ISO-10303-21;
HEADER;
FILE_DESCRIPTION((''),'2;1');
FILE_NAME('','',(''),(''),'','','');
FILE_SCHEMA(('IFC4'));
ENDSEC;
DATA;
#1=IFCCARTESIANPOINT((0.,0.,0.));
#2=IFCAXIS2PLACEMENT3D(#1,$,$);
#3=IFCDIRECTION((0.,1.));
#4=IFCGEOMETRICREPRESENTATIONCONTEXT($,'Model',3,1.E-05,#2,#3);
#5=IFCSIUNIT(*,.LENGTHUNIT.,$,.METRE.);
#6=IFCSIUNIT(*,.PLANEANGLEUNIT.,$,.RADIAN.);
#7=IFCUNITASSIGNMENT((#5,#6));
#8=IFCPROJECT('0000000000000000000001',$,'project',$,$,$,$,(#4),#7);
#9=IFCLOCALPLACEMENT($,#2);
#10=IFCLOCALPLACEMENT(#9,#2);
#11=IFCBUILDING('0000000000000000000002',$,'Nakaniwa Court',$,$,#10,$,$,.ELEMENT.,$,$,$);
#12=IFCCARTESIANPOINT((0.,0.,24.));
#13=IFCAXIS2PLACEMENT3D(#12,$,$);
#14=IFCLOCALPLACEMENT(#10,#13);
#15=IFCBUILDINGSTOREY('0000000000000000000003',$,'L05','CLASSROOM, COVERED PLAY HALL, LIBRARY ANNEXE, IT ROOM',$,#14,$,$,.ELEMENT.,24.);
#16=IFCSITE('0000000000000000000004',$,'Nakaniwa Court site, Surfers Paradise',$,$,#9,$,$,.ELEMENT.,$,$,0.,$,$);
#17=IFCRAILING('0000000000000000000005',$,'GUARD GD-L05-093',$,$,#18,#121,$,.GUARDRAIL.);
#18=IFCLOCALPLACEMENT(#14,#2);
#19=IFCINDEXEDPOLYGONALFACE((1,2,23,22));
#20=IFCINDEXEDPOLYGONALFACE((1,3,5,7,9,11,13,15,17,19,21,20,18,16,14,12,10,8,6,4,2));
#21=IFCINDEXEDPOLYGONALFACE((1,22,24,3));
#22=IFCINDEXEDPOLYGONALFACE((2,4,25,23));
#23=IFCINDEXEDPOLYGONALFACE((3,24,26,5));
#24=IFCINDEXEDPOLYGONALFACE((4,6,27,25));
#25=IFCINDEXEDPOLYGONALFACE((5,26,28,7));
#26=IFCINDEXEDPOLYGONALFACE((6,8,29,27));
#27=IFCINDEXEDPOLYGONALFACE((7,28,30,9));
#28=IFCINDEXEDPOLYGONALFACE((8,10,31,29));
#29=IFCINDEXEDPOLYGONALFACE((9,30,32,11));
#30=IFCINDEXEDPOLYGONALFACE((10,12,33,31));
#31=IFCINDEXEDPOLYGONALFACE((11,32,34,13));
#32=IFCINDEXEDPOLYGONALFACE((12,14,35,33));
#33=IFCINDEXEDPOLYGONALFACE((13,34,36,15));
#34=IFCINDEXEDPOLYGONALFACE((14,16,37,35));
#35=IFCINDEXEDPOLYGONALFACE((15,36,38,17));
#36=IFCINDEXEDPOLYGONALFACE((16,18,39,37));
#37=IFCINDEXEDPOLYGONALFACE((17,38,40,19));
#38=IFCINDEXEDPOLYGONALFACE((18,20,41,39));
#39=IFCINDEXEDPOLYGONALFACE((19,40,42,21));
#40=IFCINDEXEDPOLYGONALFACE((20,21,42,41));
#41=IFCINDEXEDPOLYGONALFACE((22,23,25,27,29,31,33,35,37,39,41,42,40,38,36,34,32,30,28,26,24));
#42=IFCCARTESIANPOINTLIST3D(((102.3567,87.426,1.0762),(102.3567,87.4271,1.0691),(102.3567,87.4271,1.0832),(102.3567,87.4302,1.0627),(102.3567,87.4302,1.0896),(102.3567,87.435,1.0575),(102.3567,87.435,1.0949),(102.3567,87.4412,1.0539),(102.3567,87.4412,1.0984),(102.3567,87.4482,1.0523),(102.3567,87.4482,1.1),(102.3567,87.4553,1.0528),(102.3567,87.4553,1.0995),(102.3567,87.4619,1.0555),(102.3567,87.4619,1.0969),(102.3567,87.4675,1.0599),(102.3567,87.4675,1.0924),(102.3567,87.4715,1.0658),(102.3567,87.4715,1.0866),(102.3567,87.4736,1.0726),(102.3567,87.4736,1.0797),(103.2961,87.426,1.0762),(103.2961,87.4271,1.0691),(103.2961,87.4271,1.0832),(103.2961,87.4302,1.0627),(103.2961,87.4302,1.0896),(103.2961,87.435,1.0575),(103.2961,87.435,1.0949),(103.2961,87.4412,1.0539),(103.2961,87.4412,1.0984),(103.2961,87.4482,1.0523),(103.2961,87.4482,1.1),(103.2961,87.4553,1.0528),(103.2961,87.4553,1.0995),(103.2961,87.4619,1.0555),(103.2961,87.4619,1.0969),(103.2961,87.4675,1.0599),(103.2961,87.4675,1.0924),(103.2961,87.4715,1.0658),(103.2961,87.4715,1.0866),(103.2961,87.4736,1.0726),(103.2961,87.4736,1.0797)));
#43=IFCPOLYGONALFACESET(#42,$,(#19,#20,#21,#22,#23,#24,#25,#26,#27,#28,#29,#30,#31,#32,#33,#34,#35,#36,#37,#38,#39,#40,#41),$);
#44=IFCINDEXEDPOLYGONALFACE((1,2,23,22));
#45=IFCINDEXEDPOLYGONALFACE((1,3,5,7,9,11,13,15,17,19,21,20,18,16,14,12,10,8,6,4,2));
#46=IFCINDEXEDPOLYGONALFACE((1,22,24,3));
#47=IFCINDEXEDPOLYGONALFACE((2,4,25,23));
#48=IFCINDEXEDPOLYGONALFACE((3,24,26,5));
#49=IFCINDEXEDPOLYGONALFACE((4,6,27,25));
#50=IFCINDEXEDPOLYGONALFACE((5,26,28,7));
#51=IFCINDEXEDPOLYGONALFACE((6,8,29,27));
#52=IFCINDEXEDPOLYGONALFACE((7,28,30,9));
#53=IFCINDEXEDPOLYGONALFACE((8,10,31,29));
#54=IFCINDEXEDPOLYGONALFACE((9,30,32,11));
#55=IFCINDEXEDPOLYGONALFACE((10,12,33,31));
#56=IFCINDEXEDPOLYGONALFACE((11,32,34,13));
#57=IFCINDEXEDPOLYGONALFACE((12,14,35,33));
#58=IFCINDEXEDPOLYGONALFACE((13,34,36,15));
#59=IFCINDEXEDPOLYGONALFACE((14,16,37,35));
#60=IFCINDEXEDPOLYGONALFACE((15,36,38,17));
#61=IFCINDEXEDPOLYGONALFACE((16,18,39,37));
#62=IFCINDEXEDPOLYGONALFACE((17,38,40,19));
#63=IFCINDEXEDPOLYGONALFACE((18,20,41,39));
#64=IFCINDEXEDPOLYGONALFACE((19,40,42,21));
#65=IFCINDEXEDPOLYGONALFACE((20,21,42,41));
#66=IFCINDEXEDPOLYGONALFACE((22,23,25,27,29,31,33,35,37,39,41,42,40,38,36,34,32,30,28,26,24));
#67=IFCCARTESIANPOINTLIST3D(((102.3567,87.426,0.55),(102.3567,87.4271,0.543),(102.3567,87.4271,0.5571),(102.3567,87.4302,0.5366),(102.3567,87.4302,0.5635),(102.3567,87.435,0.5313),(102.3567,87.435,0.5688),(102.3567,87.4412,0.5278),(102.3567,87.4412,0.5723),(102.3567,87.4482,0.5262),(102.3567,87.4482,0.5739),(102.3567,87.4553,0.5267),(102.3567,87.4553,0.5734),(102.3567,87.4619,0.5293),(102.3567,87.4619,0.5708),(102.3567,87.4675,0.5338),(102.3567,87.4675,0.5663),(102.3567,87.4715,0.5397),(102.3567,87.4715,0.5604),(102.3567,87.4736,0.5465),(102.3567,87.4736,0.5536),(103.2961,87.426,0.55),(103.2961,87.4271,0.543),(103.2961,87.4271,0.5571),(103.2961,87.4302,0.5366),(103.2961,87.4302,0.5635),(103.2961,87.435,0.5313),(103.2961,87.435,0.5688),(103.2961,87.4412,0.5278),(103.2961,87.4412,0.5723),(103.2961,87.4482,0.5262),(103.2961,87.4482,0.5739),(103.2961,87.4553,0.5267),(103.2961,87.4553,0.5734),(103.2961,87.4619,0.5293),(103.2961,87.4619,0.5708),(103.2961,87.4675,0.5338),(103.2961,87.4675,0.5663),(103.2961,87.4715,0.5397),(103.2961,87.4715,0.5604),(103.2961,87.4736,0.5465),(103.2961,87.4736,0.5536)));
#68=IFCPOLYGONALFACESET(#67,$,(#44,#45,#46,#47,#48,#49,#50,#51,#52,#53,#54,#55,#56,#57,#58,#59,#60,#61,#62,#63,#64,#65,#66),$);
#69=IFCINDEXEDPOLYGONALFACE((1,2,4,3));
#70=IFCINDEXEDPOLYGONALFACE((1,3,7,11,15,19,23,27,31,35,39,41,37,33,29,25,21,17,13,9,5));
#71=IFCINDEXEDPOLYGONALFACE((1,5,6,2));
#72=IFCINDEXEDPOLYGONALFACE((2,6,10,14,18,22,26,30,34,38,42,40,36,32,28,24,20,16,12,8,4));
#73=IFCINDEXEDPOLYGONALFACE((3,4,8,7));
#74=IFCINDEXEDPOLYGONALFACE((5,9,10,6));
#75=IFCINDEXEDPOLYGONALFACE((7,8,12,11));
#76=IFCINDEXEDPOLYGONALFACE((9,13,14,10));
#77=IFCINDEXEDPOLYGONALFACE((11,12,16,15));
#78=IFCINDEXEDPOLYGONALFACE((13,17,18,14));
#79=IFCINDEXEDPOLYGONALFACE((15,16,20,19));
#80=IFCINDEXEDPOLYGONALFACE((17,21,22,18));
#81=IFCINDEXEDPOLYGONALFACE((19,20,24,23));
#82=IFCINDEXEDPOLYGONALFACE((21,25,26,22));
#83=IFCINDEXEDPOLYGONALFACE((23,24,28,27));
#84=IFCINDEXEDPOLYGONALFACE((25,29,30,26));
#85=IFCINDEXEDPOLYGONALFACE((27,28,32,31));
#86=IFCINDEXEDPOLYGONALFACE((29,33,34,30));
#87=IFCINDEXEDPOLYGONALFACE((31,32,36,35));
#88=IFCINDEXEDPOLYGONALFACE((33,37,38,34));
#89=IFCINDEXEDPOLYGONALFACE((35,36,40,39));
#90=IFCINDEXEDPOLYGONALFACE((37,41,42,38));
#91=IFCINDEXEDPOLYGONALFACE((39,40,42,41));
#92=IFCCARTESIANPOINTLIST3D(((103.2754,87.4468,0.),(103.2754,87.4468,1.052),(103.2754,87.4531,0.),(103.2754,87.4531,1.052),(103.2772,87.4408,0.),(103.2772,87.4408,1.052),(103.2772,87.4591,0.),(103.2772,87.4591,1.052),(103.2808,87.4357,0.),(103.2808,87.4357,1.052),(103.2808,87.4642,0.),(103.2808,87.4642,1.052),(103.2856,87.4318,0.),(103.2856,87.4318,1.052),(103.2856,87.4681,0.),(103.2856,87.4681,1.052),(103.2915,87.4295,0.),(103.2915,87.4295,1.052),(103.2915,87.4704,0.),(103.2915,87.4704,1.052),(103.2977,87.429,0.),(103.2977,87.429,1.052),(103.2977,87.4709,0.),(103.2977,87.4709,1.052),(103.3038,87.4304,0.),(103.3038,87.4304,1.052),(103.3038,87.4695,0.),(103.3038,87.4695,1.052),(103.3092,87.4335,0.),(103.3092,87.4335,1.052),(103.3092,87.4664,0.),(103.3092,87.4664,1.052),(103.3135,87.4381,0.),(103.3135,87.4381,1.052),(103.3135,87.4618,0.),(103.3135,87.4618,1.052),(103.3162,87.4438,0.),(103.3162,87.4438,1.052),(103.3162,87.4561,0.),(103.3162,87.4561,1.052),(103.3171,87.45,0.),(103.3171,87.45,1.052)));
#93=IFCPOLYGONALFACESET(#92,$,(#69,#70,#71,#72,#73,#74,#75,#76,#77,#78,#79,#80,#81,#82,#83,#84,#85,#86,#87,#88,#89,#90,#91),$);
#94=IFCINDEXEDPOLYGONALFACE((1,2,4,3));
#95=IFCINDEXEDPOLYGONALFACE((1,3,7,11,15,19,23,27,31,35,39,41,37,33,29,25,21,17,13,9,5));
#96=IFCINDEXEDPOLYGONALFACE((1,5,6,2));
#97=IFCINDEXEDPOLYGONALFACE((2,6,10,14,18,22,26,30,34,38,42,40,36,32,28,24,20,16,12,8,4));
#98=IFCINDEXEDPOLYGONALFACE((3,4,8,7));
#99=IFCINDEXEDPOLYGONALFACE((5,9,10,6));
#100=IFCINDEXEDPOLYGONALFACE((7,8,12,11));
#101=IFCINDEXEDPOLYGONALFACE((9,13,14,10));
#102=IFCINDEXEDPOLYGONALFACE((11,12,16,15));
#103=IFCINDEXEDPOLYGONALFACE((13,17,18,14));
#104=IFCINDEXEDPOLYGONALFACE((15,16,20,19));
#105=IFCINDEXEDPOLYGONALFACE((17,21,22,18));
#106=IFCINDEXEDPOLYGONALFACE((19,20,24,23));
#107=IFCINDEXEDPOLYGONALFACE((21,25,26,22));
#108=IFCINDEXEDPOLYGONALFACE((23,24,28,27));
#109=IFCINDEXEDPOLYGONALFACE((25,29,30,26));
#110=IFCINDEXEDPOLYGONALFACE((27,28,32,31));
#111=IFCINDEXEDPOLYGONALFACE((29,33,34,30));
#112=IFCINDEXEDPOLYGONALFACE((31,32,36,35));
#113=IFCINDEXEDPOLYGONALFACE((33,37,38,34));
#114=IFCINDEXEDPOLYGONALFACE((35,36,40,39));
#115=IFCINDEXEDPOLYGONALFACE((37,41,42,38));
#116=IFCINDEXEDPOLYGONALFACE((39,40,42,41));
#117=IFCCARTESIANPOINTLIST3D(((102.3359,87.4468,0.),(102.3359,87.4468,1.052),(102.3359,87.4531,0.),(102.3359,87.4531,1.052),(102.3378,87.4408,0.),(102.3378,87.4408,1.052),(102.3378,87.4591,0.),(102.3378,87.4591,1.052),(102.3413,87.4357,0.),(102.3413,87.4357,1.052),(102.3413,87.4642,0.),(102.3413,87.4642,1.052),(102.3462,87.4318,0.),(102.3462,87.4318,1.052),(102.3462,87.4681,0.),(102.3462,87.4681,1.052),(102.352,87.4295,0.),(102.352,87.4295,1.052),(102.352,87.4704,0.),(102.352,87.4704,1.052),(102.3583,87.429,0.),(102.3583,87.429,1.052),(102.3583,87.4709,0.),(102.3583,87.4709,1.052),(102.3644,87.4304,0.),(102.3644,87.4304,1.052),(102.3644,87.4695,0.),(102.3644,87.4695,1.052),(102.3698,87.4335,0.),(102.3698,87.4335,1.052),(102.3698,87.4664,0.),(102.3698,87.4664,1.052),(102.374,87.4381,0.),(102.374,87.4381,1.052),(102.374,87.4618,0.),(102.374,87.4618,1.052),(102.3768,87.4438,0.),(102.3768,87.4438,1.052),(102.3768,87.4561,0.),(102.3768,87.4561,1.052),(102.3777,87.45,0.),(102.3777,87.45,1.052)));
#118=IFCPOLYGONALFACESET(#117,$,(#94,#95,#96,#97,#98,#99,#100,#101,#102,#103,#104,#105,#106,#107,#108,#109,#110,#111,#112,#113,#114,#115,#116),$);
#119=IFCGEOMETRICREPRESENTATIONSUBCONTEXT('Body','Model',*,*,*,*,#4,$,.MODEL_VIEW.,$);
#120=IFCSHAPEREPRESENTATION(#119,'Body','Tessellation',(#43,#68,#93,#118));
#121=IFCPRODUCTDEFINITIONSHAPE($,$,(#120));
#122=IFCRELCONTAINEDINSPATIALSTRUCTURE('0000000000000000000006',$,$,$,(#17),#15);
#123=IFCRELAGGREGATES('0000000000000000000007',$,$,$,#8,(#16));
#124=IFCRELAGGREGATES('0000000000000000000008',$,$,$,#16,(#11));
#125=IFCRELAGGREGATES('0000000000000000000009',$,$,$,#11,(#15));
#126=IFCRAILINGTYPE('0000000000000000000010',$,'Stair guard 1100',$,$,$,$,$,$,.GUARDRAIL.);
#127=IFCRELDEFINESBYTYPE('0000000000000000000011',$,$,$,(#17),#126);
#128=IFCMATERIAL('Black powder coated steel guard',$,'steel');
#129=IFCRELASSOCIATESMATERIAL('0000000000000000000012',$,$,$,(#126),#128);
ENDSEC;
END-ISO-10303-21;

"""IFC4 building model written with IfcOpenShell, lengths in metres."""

from ifc_helpers import new_model, si_unit, direction, frame, origin, origin_2d, place, context, subcontext, project, spatial, circle, extrude, material, type_object, element, save


model = new_model("IFC4")

# Units and contexts
model_context = context("Model", 3, precision=1e-05, world=origin(), true_north=direction((0.0, 1.0)))
body_context = subcontext(model_context, "Body", "Model", "MODEL_VIEW")
ifc_project = project(units=[si_unit("LENGTHUNIT", "METRE"), si_unit("PLANEANGLEUNIT", "RADIAN")], contexts=[model_context])

# Site, building, storey
site_placement = place(None, origin())
site = spatial("IfcSite", under=ifc_project, at=site_placement, Name="Nakaniwa Court site, Surfers Paradise", CompositionType="ELEMENT", RefElevation=0.0)
building_placement = place(site_placement, origin())
building = spatial("IfcBuilding", under=site, at=building_placement, Name="Nakaniwa Court", CompositionType="ELEMENT")
storey_placement = place(building_placement, frame((0.0, 0.0, 24.0)))
storey = spatial("IfcBuildingStorey", under=building, at=storey_placement, Name="L05", Description="CLASSROOM, COVERED PLAY HALL, LIBRARY ANNEXE, IT ROOM", CompositionType="ELEMENT", Elevation=24.0)

# Railing
ifc_material_1 = material(Name="Black powder coated steel guard", Category="steel")
railing_type = type_object("IfcRailingType", Name="Stair guard 1100", PredefinedType="GUARDRAIL", material=ifc_material_1)
railing_1_placement = place(storey_placement, frame((103.2961, 87.45, 0.0)))
element("IfcRailing", 1, at=railing_1_placement, inside=storey, type_object=railing_type, Name="GUARD GD-L05-093", PredefinedType="GUARDRAIL", context=body_context, shape_type="SweptSolid", body=[
    extrude(circle(Radius=0.0239, at=origin_2d()), frame((0.0, 0.0, 1.0762), z_axis=(-1.0, 0.0, 0.0), x_axis=(0.0, -1.0, 0.0)), (0.0, 0.0, 1.0), 0.9395),
    extrude(circle(Radius=0.0239, at=origin_2d()), frame((0.0, 0.0, 0.55), z_axis=(-1.0, 0.0, 0.0), x_axis=(0.0, -1.0, 0.0)), (0.0, 0.0, 1.0), 0.9395),
    extrude(circle(Radius=0.021, at=origin_2d()), origin(), (0.0, 0.0, 1.0), 1.052),
    extrude(circle(Radius=0.021, at=origin_2d()), frame((-0.9395, 0.0, 0.0)), (0.0, 0.0, 1.0), 1.052),
])

save(model, "model.ifc")
